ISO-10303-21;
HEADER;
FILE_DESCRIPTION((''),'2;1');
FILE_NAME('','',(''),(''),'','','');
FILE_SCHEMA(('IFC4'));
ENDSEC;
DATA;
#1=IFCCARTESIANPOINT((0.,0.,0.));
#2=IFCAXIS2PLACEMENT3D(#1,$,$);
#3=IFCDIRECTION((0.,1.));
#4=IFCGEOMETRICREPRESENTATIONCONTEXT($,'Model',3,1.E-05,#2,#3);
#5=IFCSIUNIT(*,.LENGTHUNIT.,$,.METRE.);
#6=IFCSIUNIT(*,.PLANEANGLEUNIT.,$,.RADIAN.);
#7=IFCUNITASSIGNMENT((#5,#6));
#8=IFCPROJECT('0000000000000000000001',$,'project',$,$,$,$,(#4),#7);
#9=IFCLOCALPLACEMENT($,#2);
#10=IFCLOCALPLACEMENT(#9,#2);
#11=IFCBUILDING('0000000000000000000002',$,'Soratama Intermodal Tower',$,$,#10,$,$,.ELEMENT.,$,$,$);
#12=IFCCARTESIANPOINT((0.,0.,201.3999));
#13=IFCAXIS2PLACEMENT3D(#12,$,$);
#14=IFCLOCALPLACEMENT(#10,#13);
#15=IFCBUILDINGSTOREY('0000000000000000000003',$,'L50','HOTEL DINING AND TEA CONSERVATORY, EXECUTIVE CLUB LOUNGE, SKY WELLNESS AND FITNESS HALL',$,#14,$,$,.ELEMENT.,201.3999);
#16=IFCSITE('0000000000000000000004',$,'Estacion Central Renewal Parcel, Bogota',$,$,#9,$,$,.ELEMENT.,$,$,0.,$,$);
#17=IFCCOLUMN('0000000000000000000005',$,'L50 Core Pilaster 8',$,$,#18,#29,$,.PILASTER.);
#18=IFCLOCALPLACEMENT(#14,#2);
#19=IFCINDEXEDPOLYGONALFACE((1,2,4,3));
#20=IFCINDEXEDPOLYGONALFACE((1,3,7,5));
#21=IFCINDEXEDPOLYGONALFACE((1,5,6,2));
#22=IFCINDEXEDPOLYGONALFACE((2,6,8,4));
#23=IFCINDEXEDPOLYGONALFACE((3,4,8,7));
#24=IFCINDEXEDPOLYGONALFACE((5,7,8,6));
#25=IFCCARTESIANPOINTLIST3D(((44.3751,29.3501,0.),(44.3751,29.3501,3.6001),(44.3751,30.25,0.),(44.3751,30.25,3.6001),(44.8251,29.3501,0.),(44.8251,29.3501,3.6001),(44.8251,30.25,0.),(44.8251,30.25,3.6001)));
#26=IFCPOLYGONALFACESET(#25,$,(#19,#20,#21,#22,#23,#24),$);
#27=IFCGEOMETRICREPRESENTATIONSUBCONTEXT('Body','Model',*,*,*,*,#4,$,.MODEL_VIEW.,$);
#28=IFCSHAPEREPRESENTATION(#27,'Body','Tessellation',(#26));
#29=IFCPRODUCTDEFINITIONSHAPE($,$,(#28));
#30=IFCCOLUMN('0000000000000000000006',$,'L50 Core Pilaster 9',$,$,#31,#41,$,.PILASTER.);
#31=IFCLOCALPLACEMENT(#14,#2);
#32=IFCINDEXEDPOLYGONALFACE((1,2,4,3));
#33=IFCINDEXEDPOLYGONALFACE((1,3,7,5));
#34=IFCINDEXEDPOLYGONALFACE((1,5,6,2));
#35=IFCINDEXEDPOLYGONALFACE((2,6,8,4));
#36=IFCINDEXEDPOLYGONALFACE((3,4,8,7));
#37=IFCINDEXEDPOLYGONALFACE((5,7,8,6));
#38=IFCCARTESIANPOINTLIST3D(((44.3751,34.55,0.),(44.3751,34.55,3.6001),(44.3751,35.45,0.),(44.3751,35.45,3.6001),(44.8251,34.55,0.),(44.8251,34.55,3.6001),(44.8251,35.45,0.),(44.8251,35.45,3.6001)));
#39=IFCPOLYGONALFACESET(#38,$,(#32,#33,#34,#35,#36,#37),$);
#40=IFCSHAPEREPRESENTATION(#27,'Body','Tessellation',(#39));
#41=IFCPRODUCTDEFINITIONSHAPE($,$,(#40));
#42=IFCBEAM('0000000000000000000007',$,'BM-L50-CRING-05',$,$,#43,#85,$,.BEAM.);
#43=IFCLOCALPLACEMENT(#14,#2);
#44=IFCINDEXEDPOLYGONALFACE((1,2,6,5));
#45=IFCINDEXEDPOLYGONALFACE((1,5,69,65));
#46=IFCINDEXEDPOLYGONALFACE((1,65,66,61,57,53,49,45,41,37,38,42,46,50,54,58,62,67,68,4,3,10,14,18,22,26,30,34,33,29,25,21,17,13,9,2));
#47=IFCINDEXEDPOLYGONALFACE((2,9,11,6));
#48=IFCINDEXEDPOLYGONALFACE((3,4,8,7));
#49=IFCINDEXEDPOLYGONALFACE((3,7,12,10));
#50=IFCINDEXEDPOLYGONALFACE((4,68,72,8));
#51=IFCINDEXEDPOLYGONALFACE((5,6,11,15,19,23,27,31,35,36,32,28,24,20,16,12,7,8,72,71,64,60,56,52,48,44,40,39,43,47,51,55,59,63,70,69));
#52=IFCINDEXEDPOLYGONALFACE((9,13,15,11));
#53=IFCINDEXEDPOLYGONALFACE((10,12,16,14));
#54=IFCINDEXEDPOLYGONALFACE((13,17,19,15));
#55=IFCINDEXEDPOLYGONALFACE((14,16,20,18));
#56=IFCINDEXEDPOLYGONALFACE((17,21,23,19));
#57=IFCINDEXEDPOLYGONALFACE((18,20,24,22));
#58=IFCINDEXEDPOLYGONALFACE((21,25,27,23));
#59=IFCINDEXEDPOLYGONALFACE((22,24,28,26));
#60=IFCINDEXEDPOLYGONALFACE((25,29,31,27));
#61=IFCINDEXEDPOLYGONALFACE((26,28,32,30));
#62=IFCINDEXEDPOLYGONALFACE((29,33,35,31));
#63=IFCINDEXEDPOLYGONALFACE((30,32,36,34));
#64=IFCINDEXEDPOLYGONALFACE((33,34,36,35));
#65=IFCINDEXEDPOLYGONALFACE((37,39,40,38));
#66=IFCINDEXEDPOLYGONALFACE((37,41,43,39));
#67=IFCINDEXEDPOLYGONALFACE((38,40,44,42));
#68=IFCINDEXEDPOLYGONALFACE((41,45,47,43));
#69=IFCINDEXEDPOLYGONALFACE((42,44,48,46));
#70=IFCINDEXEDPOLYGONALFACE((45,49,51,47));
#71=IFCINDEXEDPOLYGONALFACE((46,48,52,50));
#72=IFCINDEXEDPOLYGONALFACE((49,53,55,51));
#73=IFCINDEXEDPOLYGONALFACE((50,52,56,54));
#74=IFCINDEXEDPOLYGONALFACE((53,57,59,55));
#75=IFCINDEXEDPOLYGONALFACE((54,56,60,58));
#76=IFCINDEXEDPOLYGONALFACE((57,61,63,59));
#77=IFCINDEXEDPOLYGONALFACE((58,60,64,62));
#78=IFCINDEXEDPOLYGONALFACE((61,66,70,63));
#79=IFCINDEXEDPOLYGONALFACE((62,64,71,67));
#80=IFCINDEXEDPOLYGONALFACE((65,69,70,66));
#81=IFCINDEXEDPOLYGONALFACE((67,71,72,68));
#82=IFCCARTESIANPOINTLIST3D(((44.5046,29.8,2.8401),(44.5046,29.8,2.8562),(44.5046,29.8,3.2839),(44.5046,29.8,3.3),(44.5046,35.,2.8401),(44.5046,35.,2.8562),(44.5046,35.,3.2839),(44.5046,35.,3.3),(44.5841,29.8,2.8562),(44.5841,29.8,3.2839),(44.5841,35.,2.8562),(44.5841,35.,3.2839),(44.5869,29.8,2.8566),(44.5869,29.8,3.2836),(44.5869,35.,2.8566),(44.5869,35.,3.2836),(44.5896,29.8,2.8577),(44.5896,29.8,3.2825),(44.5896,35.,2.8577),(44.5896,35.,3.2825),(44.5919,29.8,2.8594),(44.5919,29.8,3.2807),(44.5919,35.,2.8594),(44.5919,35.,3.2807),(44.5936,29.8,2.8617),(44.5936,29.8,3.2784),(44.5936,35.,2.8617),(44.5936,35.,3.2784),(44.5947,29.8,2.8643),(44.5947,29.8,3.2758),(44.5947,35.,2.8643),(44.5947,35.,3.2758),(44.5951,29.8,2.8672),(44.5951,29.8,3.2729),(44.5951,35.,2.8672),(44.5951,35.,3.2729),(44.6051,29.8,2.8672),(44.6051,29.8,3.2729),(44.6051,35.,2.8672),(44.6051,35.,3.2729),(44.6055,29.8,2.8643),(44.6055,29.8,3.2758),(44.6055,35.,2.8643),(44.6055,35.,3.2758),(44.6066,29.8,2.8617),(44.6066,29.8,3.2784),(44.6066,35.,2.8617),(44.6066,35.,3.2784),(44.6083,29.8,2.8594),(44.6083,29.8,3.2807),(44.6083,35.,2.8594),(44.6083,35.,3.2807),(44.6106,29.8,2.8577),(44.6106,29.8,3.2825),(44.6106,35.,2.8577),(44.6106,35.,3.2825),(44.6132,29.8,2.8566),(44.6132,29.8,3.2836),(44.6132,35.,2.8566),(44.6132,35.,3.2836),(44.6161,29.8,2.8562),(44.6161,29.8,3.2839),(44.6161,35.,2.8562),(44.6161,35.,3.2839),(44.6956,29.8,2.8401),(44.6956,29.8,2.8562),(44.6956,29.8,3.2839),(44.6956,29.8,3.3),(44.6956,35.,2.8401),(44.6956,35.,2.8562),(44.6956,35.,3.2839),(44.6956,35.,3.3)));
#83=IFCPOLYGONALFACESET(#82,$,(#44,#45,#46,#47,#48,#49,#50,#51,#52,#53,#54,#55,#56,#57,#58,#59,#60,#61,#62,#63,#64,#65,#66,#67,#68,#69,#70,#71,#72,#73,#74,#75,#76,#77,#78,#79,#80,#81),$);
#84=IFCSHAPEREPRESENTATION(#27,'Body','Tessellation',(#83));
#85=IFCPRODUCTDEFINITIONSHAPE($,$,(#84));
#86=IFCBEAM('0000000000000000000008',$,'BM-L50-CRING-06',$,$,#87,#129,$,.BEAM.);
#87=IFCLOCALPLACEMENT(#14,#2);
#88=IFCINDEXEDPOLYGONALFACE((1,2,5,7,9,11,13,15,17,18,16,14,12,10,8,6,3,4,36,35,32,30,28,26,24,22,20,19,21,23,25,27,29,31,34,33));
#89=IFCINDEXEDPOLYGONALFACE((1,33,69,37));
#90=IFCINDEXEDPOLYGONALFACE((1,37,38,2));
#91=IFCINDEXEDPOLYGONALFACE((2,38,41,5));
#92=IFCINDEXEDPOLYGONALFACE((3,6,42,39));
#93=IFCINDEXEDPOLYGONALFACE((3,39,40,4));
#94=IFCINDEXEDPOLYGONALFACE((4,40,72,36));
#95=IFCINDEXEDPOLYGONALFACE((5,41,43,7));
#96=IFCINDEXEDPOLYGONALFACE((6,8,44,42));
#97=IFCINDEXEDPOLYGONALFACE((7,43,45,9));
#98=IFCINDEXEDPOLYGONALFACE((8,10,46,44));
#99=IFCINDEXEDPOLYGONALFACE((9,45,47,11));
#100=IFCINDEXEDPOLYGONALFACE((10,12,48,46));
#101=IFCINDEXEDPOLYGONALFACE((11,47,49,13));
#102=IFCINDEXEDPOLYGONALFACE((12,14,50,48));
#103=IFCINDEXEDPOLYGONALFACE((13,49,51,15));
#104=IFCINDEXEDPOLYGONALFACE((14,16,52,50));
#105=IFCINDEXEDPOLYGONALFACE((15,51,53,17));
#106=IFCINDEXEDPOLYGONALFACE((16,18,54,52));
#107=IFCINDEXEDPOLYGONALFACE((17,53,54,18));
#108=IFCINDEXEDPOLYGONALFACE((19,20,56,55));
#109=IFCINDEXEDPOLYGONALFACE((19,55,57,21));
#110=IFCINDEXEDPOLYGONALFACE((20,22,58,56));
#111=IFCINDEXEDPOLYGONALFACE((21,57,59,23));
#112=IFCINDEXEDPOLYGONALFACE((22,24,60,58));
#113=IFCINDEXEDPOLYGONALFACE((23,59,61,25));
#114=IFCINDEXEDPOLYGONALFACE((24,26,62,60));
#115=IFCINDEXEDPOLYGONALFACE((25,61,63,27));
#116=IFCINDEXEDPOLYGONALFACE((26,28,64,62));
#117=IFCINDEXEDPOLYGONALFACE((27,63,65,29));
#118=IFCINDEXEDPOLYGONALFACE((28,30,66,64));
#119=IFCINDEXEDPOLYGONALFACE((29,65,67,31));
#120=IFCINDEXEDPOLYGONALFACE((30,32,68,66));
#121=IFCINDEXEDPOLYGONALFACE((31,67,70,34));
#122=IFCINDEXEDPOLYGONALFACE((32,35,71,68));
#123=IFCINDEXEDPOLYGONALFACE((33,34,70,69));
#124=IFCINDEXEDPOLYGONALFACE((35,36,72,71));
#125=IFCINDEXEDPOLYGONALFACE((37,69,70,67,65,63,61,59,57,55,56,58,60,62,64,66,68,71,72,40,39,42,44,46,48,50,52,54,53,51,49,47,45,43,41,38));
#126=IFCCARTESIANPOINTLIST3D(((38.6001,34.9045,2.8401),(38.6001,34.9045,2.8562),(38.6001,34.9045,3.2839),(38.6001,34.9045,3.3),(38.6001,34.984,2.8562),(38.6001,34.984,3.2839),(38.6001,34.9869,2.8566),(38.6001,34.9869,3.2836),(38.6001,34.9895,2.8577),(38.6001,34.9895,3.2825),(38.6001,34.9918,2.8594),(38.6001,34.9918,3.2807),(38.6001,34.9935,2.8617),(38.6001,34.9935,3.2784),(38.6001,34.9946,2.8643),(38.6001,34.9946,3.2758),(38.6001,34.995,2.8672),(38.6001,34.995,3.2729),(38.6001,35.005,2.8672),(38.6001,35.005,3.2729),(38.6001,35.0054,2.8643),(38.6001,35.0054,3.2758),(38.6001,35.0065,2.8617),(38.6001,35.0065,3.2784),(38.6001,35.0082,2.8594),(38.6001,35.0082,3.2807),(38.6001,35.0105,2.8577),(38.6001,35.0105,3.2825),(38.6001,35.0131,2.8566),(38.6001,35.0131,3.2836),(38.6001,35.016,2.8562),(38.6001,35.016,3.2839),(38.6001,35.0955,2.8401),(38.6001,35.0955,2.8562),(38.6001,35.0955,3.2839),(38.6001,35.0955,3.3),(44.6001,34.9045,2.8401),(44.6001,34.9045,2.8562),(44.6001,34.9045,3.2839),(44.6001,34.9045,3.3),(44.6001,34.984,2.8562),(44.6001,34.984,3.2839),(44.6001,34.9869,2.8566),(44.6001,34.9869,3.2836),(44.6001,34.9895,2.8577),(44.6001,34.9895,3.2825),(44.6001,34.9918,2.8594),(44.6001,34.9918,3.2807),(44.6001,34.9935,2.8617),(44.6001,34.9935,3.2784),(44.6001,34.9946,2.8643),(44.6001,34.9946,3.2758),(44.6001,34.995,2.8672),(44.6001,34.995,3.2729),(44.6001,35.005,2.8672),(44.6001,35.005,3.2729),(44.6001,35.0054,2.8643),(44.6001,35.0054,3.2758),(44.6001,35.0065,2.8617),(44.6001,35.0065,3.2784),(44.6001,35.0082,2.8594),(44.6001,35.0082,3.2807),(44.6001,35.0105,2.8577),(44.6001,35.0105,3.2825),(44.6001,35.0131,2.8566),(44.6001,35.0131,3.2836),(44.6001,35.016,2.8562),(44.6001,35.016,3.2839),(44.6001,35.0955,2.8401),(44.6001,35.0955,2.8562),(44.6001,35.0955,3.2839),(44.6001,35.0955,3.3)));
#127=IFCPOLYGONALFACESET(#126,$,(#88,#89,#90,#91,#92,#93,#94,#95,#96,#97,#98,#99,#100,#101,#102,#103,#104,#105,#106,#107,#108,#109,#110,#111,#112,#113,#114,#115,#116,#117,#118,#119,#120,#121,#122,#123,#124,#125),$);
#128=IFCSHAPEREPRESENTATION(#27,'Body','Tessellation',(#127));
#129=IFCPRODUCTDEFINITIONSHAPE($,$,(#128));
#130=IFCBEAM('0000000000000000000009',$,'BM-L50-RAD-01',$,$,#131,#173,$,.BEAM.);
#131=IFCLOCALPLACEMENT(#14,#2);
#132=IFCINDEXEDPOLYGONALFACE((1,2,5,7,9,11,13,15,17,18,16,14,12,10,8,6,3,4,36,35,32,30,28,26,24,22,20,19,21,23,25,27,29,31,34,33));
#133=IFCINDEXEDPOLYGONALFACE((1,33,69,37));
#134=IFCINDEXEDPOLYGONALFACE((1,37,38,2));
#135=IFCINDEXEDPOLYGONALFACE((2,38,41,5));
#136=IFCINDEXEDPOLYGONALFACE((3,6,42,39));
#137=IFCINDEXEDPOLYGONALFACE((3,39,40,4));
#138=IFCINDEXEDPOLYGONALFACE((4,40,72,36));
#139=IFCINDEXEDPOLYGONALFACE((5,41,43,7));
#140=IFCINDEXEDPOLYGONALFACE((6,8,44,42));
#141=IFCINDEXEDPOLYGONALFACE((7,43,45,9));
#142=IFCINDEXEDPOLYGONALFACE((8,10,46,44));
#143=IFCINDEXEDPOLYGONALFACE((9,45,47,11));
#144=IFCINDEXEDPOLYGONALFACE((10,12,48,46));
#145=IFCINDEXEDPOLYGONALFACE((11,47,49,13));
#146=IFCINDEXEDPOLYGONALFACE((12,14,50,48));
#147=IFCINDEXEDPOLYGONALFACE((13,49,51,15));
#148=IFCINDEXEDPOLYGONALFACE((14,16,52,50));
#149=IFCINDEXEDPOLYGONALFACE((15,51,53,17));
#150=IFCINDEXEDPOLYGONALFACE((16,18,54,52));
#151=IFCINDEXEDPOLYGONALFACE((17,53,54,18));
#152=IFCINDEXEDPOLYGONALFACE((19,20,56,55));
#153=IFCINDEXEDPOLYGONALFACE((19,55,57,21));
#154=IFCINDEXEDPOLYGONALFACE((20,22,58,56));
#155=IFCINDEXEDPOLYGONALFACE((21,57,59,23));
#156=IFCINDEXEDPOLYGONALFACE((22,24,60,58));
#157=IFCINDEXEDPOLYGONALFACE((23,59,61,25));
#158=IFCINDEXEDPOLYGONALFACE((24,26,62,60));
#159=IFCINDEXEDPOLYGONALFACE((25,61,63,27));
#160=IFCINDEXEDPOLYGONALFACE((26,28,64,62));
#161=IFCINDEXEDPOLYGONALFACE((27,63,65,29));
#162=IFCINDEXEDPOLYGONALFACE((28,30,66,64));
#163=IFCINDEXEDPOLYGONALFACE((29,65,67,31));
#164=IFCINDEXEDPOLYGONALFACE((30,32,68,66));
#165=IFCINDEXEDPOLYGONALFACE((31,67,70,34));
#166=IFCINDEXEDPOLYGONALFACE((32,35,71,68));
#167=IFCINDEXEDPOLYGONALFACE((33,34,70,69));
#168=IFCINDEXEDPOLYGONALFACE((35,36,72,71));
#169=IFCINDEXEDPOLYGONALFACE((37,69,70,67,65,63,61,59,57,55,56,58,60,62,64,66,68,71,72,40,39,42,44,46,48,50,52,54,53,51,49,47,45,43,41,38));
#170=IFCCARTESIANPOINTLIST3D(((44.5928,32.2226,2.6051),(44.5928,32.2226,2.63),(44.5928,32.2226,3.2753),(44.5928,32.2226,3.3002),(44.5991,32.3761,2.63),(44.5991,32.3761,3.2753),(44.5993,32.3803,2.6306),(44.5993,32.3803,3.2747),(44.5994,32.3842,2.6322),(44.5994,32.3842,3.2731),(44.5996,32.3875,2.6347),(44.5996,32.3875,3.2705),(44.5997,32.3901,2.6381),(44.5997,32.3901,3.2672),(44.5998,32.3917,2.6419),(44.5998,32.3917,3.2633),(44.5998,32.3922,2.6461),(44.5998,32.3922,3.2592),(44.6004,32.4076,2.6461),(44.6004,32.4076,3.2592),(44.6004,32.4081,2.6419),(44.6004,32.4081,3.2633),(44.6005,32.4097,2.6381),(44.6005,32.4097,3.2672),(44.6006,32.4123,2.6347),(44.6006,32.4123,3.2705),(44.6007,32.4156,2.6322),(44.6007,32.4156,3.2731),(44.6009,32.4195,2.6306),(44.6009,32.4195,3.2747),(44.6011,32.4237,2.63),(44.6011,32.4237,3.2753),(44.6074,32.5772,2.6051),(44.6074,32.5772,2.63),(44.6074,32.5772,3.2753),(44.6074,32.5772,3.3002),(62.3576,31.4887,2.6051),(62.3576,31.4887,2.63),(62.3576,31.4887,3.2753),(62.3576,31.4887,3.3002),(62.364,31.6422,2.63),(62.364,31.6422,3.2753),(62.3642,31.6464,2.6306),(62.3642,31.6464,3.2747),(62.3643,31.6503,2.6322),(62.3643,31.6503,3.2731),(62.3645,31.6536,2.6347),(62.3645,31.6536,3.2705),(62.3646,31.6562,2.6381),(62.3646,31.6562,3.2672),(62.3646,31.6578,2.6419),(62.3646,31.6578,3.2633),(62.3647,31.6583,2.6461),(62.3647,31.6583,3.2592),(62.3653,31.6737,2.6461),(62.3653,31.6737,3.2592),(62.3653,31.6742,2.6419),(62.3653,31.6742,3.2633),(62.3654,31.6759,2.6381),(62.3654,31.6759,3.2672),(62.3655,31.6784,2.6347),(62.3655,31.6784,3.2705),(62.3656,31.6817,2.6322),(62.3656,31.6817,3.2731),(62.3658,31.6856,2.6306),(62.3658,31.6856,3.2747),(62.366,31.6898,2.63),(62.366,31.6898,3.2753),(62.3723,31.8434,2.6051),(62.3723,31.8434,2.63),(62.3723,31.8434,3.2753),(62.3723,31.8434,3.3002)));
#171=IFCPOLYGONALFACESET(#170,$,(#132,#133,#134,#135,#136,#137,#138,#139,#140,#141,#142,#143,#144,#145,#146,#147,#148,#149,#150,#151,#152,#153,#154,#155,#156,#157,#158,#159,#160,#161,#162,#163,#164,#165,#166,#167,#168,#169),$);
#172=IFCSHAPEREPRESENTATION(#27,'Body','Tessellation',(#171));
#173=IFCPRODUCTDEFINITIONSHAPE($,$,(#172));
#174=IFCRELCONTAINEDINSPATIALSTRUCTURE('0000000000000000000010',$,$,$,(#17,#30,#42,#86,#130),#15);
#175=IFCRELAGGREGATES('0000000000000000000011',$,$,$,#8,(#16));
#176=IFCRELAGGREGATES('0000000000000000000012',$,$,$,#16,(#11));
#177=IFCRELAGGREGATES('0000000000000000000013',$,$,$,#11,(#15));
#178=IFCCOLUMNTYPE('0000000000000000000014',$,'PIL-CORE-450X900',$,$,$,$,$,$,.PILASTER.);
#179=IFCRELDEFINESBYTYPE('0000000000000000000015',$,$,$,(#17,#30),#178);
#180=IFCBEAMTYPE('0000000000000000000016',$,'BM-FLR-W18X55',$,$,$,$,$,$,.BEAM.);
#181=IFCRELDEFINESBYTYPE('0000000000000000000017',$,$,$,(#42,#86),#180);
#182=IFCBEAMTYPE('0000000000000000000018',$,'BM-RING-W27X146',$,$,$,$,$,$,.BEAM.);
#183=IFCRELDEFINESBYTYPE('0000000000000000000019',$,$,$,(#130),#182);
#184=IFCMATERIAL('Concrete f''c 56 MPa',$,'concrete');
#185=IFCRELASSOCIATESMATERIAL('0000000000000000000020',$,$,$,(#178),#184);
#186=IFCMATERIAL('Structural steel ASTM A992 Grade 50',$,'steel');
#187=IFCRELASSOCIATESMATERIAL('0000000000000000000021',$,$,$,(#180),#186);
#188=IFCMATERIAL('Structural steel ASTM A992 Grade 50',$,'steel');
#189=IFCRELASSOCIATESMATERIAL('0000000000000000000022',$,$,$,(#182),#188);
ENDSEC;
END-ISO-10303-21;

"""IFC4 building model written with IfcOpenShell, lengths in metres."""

from ifc_helpers import new_model, si_unit, direction, frame, origin, origin_2d, place, context, subcontext, project, spatial, rectangle, i_section, extrude, material, material_profile, profile_set, type_object, element, save


model = new_model("IFC4")

# Units and contexts
model_context = context("Model", 3, precision=1e-05, world=origin(), true_north=direction((0.0, 1.0)))
body_context = subcontext(model_context, "Body", "Model", "MODEL_VIEW")
ifc_project = project(units=[si_unit("LENGTHUNIT", "METRE"), si_unit("PLANEANGLEUNIT", "RADIAN")], contexts=[model_context])

# Site, building, storey
site_placement = place(None, origin())
site = spatial("IfcSite", under=ifc_project, at=site_placement, Name="Estacion Central Renewal Parcel, Bogota", CompositionType="ELEMENT", RefElevation=0.0)
building_placement = place(site_placement, origin())
building = spatial("IfcBuilding", under=site, at=building_placement, Name="Soratama Intermodal Tower", CompositionType="ELEMENT")
storey_placement = place(building_placement, frame((0.0, 0.0, 201.3999)))
storey = spatial("IfcBuildingStorey", under=building, at=storey_placement, Name="L50", Description="HOTEL DINING AND TEA CONSERVATORY, EXECUTIVE CLUB LOUNGE, SKY WELLNESS AND FITNESS HALL", CompositionType="ELEMENT", Elevation=201.3999)

# Columns
ifc_material_1 = material(Name="Concrete f'c 56 MPa", Category="concrete")
ifc_material_profile_1 = material_profile(ifc_material_1, rectangle(XDim=0.45, YDim=0.8999, at=origin_2d()), Name="RC450X900")
ifc_profile_set_1 = profile_set([ifc_material_profile_1], Name="Concrete f'c 56 MPa")
column_type = type_object("IfcColumnType", Name="PIL-CORE-450X900", PredefinedType="PILASTER", material=ifc_profile_set_1)
for number, where, z_axis, x_axis, name in (
    (1, (44.6001, 29.8, 0.0), (0.0, 0.0, 1.0), (1.0, 0.0, 0.0), "L50 Core Pilaster 8"),
    (2, (44.6001, 35.0, 0.0), (0.0, 0.0, 1.0), (1.0, 0.0, 0.0), "L50 Core Pilaster 9"),
):
    element("IfcColumn", number, at=place(storey_placement, frame(where, z_axis=z_axis, x_axis=x_axis)), inside=storey, type_object=column_type, Name=name, PredefinedType="PILASTER", context=body_context, shape_type="SweptSolid", body=[
        extrude(rectangle(XDim=0.45, YDim=0.8999, at=origin_2d()), origin(), (0.0, 0.0, 1.0), 3.6001),
    ])

# Beams
ifc_material_2 = material(Name="Structural steel ASTM A992 Grade 50", Category="steel")
ifc_material_profile_2 = material_profile(ifc_material_2, i_section(OverallWidth=0.1909, OverallDepth=0.46, WebThickness=0.01, FlangeThickness=0.0161, FilletRadius=0.011, at=origin_2d()), Name="W18X55")
ifc_profile_set_2 = profile_set([ifc_material_profile_2], Name="Structural steel ASTM A992 Grade 50")
beam_type_1 = type_object("IfcBeamType", Name="BM-FLR-W18X55", PredefinedType="BEAM", material=ifc_profile_set_2)
beam_1_placement = place(storey_placement, frame((44.6001, 29.8, 3.0701), z_axis=(0.0, 1.0, 0.0), x_axis=(-1.0, 0.0, 0.0)))
element("IfcBeam", 3, at=beam_1_placement, inside=storey, type_object=beam_type_1, Name="BM-L50-CRING-05", PredefinedType="BEAM", context=body_context, shape_type="SweptSolid", body=[
    extrude(i_section(OverallWidth=0.1909, OverallDepth=0.46, WebThickness=0.01, FlangeThickness=0.0161, FilletRadius=0.011, at=origin_2d()), origin(), (0.0, 0.0, 1.0), 5.2),
])
beam_2_placement = place(storey_placement, frame((44.6001, 35.0, 3.0701), z_axis=(-1.0, 0.0, 0.0), x_axis=(0.0, -1.0, 0.0)))
element("IfcBeam", 4, at=beam_2_placement, inside=storey, type_object=beam_type_1, Name="BM-L50-CRING-06", PredefinedType="BEAM", context=body_context, shape_type="SweptSolid", body=[
    extrude(i_section(OverallWidth=0.1909, OverallDepth=0.46, WebThickness=0.01, FlangeThickness=0.0161, FilletRadius=0.011, at=origin_2d()), origin(), (0.0, 0.0, 1.0), 6.0),
])
ifc_material_3 = material(Name="Structural steel ASTM A992 Grade 50", Category="steel")
ifc_material_profile_3 = material_profile(ifc_material_3, i_section(OverallWidth=0.355, OverallDepth=0.6951, WebThickness=0.0154, FlangeThickness=0.0249, FilletRadius=0.0161, at=origin_2d()), Name="W27X146")
ifc_profile_set_3 = profile_set([ifc_material_profile_3], Name="Structural steel ASTM A992 Grade 50")
beam_type_2 = type_object("IfcBeamType", Name="BM-RING-W27X146", PredefinedType="BEAM", material=ifc_profile_set_3)
beam_3_placement = place(storey_placement, frame((44.6001, 32.3999, 2.9526), z_axis=(0.999148, -0.041276, 0.0), x_axis=(0.041276, 0.999148, 0.0)))
element("IfcBeam", 5, at=beam_3_placement, inside=storey, type_object=beam_type_2, Name="BM-L50-RAD-01", PredefinedType="BEAM", context=body_context, shape_type="SweptSolid", body=[
    extrude(i_section(OverallWidth=0.355, OverallDepth=0.6951, WebThickness=0.0154, FlangeThickness=0.0249, FilletRadius=0.0161, at=origin_2d()), origin(), (0.0, 0.0, 1.0), 17.78),
])

save(model, "model.ifc")
